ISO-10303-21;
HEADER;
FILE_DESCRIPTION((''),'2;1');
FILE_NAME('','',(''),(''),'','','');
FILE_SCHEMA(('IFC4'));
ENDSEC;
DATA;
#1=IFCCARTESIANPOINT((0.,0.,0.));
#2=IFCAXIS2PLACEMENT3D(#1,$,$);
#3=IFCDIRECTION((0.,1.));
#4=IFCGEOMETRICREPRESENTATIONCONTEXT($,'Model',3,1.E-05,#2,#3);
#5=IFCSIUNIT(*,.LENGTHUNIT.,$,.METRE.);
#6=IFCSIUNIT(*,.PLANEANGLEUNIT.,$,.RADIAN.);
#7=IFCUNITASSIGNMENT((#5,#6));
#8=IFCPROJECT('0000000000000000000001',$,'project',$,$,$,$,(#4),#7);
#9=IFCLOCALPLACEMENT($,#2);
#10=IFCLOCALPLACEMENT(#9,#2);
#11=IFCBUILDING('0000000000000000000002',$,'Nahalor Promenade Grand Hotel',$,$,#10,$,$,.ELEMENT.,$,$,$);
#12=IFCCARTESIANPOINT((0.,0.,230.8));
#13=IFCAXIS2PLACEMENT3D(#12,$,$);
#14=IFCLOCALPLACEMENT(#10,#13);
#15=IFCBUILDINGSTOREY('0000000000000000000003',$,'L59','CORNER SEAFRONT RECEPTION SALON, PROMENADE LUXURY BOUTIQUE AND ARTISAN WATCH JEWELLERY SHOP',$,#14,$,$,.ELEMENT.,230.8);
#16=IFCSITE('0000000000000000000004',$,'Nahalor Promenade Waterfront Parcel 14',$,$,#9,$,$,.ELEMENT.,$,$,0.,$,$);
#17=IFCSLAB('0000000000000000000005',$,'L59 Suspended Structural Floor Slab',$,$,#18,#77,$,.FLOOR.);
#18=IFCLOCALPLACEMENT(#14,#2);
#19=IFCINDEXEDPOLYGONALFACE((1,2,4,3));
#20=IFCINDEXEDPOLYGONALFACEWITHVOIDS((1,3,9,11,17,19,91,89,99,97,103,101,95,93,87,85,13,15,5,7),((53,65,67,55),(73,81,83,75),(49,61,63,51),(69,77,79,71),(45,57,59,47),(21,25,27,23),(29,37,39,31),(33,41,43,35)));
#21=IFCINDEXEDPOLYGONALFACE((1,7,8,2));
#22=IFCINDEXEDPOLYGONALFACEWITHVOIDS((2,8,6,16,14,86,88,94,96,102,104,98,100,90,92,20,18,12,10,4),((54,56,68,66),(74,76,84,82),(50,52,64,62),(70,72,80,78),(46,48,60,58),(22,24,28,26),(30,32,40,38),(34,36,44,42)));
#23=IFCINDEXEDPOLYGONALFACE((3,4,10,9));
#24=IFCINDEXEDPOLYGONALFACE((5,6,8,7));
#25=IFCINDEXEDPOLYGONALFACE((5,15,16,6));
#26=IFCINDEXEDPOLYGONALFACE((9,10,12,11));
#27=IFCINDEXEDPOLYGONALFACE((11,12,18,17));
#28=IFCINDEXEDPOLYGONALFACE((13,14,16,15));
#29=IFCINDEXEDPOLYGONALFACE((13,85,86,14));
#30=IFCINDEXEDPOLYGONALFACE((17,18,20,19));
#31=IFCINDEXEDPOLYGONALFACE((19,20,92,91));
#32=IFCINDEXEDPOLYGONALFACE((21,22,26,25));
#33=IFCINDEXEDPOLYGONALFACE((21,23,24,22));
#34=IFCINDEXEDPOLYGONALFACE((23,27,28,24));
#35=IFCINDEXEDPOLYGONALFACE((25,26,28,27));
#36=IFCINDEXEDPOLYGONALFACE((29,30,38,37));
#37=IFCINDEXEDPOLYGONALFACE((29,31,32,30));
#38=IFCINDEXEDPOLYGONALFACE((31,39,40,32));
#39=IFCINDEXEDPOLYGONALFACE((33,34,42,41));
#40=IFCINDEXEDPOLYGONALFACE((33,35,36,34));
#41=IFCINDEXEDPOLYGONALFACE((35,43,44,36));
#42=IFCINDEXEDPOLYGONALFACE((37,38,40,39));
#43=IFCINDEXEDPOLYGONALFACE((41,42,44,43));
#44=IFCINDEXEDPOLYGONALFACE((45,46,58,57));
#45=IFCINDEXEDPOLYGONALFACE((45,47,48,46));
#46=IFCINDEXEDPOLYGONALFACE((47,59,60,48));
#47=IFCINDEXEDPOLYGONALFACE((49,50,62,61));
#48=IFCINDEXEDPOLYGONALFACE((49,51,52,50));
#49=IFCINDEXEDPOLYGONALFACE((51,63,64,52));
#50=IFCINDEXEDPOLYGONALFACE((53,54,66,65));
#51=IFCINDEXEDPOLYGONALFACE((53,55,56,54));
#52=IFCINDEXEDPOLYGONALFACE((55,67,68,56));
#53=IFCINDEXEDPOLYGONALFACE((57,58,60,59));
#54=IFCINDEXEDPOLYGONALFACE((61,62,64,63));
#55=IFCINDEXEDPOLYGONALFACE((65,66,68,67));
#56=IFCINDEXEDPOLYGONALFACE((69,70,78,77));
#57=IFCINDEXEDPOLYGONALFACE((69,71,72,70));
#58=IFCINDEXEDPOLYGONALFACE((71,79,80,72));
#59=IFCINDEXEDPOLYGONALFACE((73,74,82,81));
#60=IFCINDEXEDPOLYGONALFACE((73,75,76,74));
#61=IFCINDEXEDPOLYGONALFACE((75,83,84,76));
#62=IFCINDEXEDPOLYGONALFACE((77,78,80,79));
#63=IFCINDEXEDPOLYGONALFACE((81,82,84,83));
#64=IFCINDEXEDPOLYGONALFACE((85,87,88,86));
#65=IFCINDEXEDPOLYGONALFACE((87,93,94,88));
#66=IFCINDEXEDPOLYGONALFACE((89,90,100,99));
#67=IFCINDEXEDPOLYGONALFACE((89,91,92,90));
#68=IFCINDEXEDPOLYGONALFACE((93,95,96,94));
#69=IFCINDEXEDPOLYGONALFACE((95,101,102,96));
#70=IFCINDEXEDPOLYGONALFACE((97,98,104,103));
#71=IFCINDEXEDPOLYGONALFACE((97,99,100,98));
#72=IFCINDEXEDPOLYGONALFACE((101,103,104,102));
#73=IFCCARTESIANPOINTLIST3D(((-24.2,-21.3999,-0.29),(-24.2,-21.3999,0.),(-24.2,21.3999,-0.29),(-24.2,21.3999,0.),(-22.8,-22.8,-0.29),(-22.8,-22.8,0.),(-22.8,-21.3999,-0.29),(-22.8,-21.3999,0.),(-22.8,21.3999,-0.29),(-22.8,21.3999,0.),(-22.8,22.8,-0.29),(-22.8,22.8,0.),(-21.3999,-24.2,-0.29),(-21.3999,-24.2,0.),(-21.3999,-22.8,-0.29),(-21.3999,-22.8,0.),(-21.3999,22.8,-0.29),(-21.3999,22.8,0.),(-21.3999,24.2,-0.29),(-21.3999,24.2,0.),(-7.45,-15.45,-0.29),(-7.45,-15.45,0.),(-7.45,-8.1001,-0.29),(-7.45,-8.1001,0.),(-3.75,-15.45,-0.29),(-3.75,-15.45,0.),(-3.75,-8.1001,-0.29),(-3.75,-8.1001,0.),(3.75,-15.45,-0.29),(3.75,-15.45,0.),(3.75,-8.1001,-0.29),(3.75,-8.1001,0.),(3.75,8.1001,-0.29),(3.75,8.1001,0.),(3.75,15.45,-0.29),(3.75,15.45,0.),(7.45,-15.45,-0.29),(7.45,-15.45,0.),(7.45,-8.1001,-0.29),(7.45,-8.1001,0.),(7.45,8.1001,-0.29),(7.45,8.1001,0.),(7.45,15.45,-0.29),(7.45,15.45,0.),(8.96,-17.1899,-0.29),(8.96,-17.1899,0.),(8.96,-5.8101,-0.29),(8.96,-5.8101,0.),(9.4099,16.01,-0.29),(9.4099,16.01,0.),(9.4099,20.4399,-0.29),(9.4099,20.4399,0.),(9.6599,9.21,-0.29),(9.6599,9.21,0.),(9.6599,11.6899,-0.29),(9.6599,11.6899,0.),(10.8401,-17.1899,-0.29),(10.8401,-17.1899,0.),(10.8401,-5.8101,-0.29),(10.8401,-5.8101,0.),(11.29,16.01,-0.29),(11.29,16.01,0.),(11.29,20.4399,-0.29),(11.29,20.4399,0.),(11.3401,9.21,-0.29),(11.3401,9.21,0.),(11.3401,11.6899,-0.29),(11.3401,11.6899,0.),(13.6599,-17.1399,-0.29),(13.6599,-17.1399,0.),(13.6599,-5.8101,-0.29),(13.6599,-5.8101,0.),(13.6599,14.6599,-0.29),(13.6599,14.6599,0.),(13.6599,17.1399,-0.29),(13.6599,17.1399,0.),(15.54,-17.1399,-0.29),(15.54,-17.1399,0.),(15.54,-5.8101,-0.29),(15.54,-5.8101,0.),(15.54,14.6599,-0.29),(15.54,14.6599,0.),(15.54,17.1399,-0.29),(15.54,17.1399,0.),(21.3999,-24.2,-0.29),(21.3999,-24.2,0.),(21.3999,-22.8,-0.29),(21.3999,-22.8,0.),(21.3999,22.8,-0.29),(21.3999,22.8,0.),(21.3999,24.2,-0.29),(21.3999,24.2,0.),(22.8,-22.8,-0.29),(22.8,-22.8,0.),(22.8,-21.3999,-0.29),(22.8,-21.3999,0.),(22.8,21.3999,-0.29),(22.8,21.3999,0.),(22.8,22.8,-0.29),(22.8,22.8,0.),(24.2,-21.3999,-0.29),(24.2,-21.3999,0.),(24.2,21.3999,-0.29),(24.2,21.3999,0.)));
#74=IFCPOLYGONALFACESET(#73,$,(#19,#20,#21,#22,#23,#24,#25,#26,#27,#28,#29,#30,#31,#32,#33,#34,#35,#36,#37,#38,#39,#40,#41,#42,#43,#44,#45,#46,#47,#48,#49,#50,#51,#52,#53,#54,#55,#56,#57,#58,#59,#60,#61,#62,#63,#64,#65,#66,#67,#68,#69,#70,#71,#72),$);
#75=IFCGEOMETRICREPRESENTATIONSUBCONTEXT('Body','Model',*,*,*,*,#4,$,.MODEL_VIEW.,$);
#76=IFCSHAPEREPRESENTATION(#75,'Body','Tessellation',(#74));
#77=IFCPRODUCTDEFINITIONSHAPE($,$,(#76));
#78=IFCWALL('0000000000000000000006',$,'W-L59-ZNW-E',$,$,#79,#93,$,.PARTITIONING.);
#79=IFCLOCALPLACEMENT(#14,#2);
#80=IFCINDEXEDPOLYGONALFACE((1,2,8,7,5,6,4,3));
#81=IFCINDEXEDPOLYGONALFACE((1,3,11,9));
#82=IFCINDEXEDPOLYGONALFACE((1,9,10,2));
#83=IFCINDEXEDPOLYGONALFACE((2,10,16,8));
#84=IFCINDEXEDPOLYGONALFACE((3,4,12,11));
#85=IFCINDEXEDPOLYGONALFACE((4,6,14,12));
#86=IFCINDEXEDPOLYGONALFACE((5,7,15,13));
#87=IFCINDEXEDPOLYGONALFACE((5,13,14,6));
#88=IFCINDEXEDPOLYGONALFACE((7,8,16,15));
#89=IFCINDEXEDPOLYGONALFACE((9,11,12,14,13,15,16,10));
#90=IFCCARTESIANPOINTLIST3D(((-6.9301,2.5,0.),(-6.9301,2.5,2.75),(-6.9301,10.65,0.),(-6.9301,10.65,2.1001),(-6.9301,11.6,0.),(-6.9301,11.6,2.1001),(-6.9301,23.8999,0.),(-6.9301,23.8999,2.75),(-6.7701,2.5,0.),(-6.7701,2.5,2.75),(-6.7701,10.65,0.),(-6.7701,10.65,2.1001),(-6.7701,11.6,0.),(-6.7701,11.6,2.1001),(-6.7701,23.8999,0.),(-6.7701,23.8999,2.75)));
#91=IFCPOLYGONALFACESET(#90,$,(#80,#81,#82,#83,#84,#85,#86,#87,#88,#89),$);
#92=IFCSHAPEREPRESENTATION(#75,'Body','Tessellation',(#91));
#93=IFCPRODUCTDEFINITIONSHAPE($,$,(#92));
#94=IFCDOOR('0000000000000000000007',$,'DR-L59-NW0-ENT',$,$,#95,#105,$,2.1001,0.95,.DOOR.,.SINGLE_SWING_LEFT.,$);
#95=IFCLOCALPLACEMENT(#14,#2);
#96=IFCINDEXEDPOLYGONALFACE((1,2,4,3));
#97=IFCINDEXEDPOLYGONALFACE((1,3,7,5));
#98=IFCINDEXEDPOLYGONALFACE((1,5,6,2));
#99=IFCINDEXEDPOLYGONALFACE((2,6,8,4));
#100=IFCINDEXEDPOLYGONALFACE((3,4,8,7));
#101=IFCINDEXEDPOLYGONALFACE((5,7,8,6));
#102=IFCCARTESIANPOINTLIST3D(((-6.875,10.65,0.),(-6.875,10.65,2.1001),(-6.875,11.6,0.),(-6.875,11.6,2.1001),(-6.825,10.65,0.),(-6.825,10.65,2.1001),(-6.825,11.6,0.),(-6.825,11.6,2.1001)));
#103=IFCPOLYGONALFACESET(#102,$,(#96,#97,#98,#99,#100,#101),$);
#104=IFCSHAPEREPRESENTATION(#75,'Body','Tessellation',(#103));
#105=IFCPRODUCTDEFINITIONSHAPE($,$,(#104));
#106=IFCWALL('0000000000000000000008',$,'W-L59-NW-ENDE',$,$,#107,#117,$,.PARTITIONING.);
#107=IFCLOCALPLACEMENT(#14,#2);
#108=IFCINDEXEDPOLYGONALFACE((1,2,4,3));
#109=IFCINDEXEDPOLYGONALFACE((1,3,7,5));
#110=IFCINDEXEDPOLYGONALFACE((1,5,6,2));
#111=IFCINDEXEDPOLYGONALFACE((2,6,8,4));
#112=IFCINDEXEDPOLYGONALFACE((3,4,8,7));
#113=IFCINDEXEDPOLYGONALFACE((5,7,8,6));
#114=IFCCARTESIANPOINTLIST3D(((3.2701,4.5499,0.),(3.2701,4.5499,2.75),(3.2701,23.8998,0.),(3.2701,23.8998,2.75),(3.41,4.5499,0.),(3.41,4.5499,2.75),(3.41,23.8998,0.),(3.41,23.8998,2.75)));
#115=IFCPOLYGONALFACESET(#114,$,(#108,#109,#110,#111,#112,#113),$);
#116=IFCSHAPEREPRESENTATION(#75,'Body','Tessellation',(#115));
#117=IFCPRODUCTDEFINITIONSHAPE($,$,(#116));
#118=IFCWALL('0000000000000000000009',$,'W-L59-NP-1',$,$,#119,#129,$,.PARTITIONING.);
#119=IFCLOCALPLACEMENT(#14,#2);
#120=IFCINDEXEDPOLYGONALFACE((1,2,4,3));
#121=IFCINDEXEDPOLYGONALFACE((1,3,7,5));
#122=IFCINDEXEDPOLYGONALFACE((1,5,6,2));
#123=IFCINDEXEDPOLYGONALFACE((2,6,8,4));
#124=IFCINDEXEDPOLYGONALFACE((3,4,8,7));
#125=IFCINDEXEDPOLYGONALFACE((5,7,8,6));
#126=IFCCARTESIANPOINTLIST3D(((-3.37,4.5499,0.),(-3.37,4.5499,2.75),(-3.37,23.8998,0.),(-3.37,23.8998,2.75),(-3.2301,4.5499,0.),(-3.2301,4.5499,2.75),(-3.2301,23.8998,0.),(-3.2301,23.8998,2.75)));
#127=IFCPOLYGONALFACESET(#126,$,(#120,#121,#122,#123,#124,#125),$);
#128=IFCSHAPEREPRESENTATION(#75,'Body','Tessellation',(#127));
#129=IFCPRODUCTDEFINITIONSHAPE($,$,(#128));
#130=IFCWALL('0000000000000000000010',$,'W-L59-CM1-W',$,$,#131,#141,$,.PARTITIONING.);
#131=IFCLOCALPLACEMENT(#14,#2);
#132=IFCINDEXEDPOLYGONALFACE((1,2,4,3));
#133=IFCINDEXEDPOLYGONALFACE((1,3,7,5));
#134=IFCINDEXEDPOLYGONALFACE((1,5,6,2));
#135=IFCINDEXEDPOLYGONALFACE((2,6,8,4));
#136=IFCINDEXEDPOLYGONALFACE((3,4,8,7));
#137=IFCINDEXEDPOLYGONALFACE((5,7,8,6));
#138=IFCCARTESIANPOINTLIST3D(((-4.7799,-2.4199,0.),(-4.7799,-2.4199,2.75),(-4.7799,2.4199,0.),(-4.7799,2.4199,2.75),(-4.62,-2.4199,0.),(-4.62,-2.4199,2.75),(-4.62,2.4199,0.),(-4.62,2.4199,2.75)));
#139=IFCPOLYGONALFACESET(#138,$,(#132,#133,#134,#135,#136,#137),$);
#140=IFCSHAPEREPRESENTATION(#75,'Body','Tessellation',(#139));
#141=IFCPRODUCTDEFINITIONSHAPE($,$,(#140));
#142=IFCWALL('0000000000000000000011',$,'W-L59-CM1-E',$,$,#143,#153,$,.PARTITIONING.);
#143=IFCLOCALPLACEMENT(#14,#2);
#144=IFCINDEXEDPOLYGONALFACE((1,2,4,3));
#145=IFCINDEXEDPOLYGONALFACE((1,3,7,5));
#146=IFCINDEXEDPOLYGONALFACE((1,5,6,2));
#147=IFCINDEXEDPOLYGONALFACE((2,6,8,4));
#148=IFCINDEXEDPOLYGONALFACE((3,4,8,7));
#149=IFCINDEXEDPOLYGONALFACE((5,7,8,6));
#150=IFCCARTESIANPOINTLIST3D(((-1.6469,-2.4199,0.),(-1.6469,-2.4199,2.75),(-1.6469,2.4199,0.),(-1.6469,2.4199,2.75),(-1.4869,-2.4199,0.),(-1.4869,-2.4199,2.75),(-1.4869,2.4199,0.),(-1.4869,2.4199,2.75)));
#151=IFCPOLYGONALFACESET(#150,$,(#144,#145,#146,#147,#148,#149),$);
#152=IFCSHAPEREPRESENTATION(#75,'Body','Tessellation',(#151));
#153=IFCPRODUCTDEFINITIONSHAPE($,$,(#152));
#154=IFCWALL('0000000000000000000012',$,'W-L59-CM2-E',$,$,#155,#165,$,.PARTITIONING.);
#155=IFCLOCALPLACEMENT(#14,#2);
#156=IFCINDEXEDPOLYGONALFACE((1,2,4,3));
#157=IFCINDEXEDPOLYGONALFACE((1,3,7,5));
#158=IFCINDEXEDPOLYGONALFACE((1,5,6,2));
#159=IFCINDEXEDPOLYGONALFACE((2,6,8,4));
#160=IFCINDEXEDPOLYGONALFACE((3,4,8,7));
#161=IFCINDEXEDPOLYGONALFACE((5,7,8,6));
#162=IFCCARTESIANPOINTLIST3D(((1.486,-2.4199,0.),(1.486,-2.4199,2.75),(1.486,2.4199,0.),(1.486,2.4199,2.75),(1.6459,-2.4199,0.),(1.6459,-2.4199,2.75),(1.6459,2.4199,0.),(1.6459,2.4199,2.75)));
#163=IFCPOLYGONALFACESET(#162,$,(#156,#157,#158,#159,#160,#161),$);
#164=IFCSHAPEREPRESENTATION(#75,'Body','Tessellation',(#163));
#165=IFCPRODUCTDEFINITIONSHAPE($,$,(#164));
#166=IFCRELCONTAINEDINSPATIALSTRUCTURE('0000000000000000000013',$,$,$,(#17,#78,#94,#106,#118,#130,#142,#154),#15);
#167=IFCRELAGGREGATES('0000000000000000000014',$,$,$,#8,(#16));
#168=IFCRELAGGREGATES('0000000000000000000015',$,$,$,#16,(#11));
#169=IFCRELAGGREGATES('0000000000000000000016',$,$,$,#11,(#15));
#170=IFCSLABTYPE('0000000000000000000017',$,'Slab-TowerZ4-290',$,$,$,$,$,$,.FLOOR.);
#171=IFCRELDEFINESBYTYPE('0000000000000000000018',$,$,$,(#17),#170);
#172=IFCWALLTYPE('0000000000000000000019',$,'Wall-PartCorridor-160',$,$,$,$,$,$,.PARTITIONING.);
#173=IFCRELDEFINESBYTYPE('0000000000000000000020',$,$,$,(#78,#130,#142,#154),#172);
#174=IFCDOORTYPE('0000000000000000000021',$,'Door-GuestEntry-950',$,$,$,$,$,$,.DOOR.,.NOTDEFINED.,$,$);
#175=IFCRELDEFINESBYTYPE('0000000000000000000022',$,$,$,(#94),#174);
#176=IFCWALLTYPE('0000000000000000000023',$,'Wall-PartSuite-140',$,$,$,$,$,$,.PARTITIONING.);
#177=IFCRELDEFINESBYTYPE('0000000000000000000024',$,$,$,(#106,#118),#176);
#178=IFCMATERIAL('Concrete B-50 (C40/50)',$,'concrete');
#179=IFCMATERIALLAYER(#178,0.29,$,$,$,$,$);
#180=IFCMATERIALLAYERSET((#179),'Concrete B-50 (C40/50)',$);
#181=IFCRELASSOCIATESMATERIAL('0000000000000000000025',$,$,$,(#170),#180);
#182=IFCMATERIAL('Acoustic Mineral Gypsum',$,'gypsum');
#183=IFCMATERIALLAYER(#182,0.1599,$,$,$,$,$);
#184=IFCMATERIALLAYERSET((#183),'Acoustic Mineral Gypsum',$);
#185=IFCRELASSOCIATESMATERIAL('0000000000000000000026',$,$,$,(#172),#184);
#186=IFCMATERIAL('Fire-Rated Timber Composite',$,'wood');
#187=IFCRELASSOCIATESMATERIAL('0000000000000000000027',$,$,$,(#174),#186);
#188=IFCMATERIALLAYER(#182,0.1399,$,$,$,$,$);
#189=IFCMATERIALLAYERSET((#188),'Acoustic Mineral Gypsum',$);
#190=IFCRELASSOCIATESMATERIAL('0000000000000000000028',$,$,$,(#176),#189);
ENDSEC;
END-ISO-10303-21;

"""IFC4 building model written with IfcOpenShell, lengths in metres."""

from ifc_helpers import new_model, si_unit, direction, frame, frame_2d, origin, place, context, subcontext, project, spatial, polyline, rectangle, outline, extrude, source, transform, mapped, material, layer, layer_set, type_object, element, fill, save


model = new_model("IFC4")

# Units and contexts
model_context = context("Model", 3, precision=1e-05, world=origin(), true_north=direction((0.0, 1.0)))
body_context = subcontext(model_context, "Body", "Model", "MODEL_VIEW")
ifc_project = project(units=[si_unit("LENGTHUNIT", "METRE"), si_unit("PLANEANGLEUNIT", "RADIAN")], contexts=[model_context])

# Site, building, storey
site_placement = place(None, origin())
site = spatial("IfcSite", under=ifc_project, at=site_placement, Name="Nahalor Promenade Waterfront Parcel 14", CompositionType="ELEMENT", RefElevation=0.0)
building_placement = place(site_placement, origin())
building = spatial("IfcBuilding", under=site, at=building_placement, Name="Nahalor Promenade Grand Hotel", CompositionType="ELEMENT")
storey_placement = place(building_placement, frame((0.0, 0.0, 230.8)))
storey = spatial("IfcBuildingStorey", under=building, at=storey_placement, Name="L59", Description="CORNER SEAFRONT RECEPTION SALON, PROMENADE LUXURY BOUTIQUE AND ARTISAN WATCH JEWELLERY SHOP", CompositionType="ELEMENT", Elevation=230.8)

# Shared definitions
ifc_material_1 = material(Name="Concrete B-50 (C40/50)", Category="concrete")

# Slab
ifc_layer_1 = layer(ifc_material_1, 0.29)
ifc_layer_set_1 = layer_set([ifc_layer_1], Name="Concrete B-50 (C40/50)")
slab_type_1 = type_object("IfcSlabType", Name="Slab-TowerZ4-290", PredefinedType="FLOOR", material=ifc_layer_set_1)
slab_1_placement = place(storey_placement, frame((0.0, 0.0, -0.29)))
element("IfcSlab", 1, at=slab_1_placement, inside=storey, type_object=slab_type_1, Name="L59 Suspended Structural Floor Slab", PredefinedType="FLOOR", context=body_context, shape_type="SweptSolid", body=[
    extrude(outline(polyline([(-21.3999, -24.2), (21.3999, -24.2), (21.3999, -22.8), (22.8, -22.8), (22.8, -21.3999), (24.2, -21.3999), (24.2, 21.3999), (22.8, 21.3999), (22.8, 22.8), (21.3999, 22.8), (21.3999, 24.2), (-21.3999, 24.2), (-21.3999, 22.8), (-22.8, 22.8), (-22.8, 21.3999), (-24.2, 21.3999), (-24.2, -21.3999), (-22.8, -21.3999), (-22.8, -22.8), (-21.3999, -22.8), (-21.3999, -24.2)]), holes=[polyline([(3.75, 8.1001), (7.45, 8.1001), (7.45, 15.45), (3.75, 15.45), (3.75, 8.1001)]), polyline([(3.75, -15.45), (7.45, -15.45), (7.45, -8.1001), (3.75, -8.1001), (3.75, -15.45)]), polyline([(-7.45, -15.45), (-3.75, -15.45), (-3.75, -8.1001), (-7.45, -8.1001), (-7.45, -15.45)]), polyline([(13.6599, -17.1399), (15.54, -17.1399), (15.54, -5.8101), (13.6599, -5.8101), (13.6599, -17.1399)]), polyline([(8.96, -17.1899), (10.8401, -17.1899), (10.8401, -5.8101), (8.96, -5.8101), (8.96, -17.1899)]), polyline([(9.4099, 16.01), (11.29, 16.01), (11.29, 20.4399), (9.4099, 20.4399), (9.4099, 16.01)]), polyline([(9.6599, 9.21), (11.3401, 9.21), (11.3401, 11.6899), (9.6599, 11.6899), (9.6599, 9.21)]), polyline([(13.6599, 14.6599), (15.54, 14.6599), (15.54, 17.1399), (13.6599, 17.1399), (13.6599, 14.6599)])]), origin(), (0.0, 0.0, 1.0), 0.29),
])

# Wall, opening, door
ifc_material_2 = material(Name="Acoustic Mineral Gypsum", Category="gypsum")
ifc_layer_2 = layer(ifc_material_2, 0.1599)
ifc_layer_set_2 = layer_set([ifc_layer_2], Name="Acoustic Mineral Gypsum")
wall_type_1 = type_object("IfcWallType", Name="Wall-PartCorridor-160", PredefinedType="PARTITIONING", material=ifc_layer_set_2)
shared_shape_1 = source(origin(), body_context, "Body", "SweptSolid", [
    extrude(rectangle(XDim=21.3999, YDim=0.1599, at=frame_2d((10.7, 0.0))), origin(), (0.0, 0.0, 1.0), 2.75),
])
wall_1_placement = place(storey_placement, frame((-6.8501, 2.5, 0.0), z_axis=(0.0, 0.0, 1.0), x_axis=(0.0, 1.0, 0.0)))
wall_1 = element("IfcWall", 2, at=wall_1_placement, inside=storey, type_object=wall_type_1, Name="W-L59-ZNW-E", PredefinedType="PARTITIONING", context=body_context, shape_type="MappedRepresentation", body=[
    mapped(shared_shape_1, transform((0.0, 0.0, 0.0), scale=1.0)),
])
opening_1_placement = place(wall_1_placement, frame((8.1499, 0.0, 0.0)))
opening_1 = element("IfcOpeningElement", 3, at=opening_1_placement, cuts=wall_1, PredefinedType="OPENING", context=body_context, shape_type="SweptSolid", body=[
    extrude(rectangle(XDim=0.95, YDim=2.1001, at=frame_2d((0.4751, 1.05))), frame((0.0, 0.0898, 0.0), z_axis=(0.0, -1.0, 0.0), x_axis=(1.0, 0.0, 0.0)), (0.0, 0.0, 1.0), 0.1799),
])
ifc_material_3 = material(Name="Fire-Rated Timber Composite", Category="wood")
door_type_1 = type_object("IfcDoorType", Name="Door-GuestEntry-950", OperationType="NOTDEFINED", PredefinedType="DOOR", material=ifc_material_3)
shared_shape_2 = source(origin(), body_context, "Body", "SweptSolid", [
    extrude(rectangle(XDim=0.95, YDim=2.1001, at=frame_2d((0.4751, 1.05))), frame((0.0, 0.0249, 0.0), z_axis=(0.0, -1.0, 0.0), x_axis=(1.0, 0.0, 0.0)), (0.0, 0.0, 1.0), 0.05),
])
door_1_placement = place(opening_1_placement, origin())
door_1 = element("IfcDoor", 4, at=door_1_placement, inside=storey, type_object=door_type_1, Name="DR-L59-NW0-ENT", OperationType="SINGLE_SWING_LEFT", OverallHeight=2.1001, OverallWidth=0.95, PredefinedType="DOOR", context=body_context, shape_type="MappedRepresentation", body=[
    mapped(shared_shape_2, transform((0.0, 0.0, 0.0), scale=1.0)),
])
fill(opening_1, door_1)

# Walls
ifc_layer_3 = layer(ifc_material_2, 0.1399)
ifc_layer_set_3 = layer_set([ifc_layer_3], Name="Acoustic Mineral Gypsum")
wall_type_2 = type_object("IfcWallType", Name="Wall-PartSuite-140", PredefinedType="PARTITIONING", material=ifc_layer_set_3)
shared_shape_3 = source(origin(), body_context, "Body", "SweptSolid", [
    extrude(rectangle(XDim=19.3499, YDim=0.1399, at=frame_2d((9.6748, 0.0))), origin(), (0.0, 0.0, 1.0), 2.75),
])
for number, where, z_axis, x_axis, name in (
    (5, (3.3401, 4.55, 0.0), (0.0, 0.0, 1.0), (0.0, 1.0, 0.0), "W-L59-NW-ENDE"),
    (6, (-3.3, 4.55, 0.0), (0.0, 0.0, 1.0), (0.0, 1.0, 0.0), "W-L59-NP-1"),
):
    element("IfcWall", number, at=place(storey_placement, frame(where, z_axis=z_axis, x_axis=x_axis)), inside=storey, type_object=wall_type_2, Name=name, PredefinedType="PARTITIONING", context=body_context, shape_type="MappedRepresentation", body=[
        mapped(shared_shape_3, transform((0.0, 0.0, 0.0), scale=1.0)),
    ])
shared_shape_4 = source(origin(), body_context, "Body", "SweptSolid", [
    extrude(rectangle(XDim=4.8398, YDim=0.1599, at=frame_2d((2.4199, 0.0))), origin(), (0.0, 0.0, 1.0), 2.75),
])
for number, where, z_axis, x_axis, name in (
    (7, (-4.7, -2.4199, 0.0), (0.0, 0.0, 1.0), (0.0, 1.0, 0.0), "W-L59-CM1-W"),
    (8, (-1.5669, -2.4199, 0.0), (0.0, 0.0, 1.0), (0.0, 1.0, 0.0), "W-L59-CM1-E"),
    (9, (1.5659, -2.4199, 0.0), (0.0, 0.0, 1.0), (0.0, 1.0, 0.0), "W-L59-CM2-E"),
):
    element("IfcWall", number, at=place(storey_placement, frame(where, z_axis=z_axis, x_axis=x_axis)), inside=storey, type_object=wall_type_1, Name=name, PredefinedType="PARTITIONING", context=body_context, shape_type="MappedRepresentation", body=[
        mapped(shared_shape_4, transform((0.0, 0.0, 0.0), scale=1.0)),
    ])

save(model, "model.ifc")
